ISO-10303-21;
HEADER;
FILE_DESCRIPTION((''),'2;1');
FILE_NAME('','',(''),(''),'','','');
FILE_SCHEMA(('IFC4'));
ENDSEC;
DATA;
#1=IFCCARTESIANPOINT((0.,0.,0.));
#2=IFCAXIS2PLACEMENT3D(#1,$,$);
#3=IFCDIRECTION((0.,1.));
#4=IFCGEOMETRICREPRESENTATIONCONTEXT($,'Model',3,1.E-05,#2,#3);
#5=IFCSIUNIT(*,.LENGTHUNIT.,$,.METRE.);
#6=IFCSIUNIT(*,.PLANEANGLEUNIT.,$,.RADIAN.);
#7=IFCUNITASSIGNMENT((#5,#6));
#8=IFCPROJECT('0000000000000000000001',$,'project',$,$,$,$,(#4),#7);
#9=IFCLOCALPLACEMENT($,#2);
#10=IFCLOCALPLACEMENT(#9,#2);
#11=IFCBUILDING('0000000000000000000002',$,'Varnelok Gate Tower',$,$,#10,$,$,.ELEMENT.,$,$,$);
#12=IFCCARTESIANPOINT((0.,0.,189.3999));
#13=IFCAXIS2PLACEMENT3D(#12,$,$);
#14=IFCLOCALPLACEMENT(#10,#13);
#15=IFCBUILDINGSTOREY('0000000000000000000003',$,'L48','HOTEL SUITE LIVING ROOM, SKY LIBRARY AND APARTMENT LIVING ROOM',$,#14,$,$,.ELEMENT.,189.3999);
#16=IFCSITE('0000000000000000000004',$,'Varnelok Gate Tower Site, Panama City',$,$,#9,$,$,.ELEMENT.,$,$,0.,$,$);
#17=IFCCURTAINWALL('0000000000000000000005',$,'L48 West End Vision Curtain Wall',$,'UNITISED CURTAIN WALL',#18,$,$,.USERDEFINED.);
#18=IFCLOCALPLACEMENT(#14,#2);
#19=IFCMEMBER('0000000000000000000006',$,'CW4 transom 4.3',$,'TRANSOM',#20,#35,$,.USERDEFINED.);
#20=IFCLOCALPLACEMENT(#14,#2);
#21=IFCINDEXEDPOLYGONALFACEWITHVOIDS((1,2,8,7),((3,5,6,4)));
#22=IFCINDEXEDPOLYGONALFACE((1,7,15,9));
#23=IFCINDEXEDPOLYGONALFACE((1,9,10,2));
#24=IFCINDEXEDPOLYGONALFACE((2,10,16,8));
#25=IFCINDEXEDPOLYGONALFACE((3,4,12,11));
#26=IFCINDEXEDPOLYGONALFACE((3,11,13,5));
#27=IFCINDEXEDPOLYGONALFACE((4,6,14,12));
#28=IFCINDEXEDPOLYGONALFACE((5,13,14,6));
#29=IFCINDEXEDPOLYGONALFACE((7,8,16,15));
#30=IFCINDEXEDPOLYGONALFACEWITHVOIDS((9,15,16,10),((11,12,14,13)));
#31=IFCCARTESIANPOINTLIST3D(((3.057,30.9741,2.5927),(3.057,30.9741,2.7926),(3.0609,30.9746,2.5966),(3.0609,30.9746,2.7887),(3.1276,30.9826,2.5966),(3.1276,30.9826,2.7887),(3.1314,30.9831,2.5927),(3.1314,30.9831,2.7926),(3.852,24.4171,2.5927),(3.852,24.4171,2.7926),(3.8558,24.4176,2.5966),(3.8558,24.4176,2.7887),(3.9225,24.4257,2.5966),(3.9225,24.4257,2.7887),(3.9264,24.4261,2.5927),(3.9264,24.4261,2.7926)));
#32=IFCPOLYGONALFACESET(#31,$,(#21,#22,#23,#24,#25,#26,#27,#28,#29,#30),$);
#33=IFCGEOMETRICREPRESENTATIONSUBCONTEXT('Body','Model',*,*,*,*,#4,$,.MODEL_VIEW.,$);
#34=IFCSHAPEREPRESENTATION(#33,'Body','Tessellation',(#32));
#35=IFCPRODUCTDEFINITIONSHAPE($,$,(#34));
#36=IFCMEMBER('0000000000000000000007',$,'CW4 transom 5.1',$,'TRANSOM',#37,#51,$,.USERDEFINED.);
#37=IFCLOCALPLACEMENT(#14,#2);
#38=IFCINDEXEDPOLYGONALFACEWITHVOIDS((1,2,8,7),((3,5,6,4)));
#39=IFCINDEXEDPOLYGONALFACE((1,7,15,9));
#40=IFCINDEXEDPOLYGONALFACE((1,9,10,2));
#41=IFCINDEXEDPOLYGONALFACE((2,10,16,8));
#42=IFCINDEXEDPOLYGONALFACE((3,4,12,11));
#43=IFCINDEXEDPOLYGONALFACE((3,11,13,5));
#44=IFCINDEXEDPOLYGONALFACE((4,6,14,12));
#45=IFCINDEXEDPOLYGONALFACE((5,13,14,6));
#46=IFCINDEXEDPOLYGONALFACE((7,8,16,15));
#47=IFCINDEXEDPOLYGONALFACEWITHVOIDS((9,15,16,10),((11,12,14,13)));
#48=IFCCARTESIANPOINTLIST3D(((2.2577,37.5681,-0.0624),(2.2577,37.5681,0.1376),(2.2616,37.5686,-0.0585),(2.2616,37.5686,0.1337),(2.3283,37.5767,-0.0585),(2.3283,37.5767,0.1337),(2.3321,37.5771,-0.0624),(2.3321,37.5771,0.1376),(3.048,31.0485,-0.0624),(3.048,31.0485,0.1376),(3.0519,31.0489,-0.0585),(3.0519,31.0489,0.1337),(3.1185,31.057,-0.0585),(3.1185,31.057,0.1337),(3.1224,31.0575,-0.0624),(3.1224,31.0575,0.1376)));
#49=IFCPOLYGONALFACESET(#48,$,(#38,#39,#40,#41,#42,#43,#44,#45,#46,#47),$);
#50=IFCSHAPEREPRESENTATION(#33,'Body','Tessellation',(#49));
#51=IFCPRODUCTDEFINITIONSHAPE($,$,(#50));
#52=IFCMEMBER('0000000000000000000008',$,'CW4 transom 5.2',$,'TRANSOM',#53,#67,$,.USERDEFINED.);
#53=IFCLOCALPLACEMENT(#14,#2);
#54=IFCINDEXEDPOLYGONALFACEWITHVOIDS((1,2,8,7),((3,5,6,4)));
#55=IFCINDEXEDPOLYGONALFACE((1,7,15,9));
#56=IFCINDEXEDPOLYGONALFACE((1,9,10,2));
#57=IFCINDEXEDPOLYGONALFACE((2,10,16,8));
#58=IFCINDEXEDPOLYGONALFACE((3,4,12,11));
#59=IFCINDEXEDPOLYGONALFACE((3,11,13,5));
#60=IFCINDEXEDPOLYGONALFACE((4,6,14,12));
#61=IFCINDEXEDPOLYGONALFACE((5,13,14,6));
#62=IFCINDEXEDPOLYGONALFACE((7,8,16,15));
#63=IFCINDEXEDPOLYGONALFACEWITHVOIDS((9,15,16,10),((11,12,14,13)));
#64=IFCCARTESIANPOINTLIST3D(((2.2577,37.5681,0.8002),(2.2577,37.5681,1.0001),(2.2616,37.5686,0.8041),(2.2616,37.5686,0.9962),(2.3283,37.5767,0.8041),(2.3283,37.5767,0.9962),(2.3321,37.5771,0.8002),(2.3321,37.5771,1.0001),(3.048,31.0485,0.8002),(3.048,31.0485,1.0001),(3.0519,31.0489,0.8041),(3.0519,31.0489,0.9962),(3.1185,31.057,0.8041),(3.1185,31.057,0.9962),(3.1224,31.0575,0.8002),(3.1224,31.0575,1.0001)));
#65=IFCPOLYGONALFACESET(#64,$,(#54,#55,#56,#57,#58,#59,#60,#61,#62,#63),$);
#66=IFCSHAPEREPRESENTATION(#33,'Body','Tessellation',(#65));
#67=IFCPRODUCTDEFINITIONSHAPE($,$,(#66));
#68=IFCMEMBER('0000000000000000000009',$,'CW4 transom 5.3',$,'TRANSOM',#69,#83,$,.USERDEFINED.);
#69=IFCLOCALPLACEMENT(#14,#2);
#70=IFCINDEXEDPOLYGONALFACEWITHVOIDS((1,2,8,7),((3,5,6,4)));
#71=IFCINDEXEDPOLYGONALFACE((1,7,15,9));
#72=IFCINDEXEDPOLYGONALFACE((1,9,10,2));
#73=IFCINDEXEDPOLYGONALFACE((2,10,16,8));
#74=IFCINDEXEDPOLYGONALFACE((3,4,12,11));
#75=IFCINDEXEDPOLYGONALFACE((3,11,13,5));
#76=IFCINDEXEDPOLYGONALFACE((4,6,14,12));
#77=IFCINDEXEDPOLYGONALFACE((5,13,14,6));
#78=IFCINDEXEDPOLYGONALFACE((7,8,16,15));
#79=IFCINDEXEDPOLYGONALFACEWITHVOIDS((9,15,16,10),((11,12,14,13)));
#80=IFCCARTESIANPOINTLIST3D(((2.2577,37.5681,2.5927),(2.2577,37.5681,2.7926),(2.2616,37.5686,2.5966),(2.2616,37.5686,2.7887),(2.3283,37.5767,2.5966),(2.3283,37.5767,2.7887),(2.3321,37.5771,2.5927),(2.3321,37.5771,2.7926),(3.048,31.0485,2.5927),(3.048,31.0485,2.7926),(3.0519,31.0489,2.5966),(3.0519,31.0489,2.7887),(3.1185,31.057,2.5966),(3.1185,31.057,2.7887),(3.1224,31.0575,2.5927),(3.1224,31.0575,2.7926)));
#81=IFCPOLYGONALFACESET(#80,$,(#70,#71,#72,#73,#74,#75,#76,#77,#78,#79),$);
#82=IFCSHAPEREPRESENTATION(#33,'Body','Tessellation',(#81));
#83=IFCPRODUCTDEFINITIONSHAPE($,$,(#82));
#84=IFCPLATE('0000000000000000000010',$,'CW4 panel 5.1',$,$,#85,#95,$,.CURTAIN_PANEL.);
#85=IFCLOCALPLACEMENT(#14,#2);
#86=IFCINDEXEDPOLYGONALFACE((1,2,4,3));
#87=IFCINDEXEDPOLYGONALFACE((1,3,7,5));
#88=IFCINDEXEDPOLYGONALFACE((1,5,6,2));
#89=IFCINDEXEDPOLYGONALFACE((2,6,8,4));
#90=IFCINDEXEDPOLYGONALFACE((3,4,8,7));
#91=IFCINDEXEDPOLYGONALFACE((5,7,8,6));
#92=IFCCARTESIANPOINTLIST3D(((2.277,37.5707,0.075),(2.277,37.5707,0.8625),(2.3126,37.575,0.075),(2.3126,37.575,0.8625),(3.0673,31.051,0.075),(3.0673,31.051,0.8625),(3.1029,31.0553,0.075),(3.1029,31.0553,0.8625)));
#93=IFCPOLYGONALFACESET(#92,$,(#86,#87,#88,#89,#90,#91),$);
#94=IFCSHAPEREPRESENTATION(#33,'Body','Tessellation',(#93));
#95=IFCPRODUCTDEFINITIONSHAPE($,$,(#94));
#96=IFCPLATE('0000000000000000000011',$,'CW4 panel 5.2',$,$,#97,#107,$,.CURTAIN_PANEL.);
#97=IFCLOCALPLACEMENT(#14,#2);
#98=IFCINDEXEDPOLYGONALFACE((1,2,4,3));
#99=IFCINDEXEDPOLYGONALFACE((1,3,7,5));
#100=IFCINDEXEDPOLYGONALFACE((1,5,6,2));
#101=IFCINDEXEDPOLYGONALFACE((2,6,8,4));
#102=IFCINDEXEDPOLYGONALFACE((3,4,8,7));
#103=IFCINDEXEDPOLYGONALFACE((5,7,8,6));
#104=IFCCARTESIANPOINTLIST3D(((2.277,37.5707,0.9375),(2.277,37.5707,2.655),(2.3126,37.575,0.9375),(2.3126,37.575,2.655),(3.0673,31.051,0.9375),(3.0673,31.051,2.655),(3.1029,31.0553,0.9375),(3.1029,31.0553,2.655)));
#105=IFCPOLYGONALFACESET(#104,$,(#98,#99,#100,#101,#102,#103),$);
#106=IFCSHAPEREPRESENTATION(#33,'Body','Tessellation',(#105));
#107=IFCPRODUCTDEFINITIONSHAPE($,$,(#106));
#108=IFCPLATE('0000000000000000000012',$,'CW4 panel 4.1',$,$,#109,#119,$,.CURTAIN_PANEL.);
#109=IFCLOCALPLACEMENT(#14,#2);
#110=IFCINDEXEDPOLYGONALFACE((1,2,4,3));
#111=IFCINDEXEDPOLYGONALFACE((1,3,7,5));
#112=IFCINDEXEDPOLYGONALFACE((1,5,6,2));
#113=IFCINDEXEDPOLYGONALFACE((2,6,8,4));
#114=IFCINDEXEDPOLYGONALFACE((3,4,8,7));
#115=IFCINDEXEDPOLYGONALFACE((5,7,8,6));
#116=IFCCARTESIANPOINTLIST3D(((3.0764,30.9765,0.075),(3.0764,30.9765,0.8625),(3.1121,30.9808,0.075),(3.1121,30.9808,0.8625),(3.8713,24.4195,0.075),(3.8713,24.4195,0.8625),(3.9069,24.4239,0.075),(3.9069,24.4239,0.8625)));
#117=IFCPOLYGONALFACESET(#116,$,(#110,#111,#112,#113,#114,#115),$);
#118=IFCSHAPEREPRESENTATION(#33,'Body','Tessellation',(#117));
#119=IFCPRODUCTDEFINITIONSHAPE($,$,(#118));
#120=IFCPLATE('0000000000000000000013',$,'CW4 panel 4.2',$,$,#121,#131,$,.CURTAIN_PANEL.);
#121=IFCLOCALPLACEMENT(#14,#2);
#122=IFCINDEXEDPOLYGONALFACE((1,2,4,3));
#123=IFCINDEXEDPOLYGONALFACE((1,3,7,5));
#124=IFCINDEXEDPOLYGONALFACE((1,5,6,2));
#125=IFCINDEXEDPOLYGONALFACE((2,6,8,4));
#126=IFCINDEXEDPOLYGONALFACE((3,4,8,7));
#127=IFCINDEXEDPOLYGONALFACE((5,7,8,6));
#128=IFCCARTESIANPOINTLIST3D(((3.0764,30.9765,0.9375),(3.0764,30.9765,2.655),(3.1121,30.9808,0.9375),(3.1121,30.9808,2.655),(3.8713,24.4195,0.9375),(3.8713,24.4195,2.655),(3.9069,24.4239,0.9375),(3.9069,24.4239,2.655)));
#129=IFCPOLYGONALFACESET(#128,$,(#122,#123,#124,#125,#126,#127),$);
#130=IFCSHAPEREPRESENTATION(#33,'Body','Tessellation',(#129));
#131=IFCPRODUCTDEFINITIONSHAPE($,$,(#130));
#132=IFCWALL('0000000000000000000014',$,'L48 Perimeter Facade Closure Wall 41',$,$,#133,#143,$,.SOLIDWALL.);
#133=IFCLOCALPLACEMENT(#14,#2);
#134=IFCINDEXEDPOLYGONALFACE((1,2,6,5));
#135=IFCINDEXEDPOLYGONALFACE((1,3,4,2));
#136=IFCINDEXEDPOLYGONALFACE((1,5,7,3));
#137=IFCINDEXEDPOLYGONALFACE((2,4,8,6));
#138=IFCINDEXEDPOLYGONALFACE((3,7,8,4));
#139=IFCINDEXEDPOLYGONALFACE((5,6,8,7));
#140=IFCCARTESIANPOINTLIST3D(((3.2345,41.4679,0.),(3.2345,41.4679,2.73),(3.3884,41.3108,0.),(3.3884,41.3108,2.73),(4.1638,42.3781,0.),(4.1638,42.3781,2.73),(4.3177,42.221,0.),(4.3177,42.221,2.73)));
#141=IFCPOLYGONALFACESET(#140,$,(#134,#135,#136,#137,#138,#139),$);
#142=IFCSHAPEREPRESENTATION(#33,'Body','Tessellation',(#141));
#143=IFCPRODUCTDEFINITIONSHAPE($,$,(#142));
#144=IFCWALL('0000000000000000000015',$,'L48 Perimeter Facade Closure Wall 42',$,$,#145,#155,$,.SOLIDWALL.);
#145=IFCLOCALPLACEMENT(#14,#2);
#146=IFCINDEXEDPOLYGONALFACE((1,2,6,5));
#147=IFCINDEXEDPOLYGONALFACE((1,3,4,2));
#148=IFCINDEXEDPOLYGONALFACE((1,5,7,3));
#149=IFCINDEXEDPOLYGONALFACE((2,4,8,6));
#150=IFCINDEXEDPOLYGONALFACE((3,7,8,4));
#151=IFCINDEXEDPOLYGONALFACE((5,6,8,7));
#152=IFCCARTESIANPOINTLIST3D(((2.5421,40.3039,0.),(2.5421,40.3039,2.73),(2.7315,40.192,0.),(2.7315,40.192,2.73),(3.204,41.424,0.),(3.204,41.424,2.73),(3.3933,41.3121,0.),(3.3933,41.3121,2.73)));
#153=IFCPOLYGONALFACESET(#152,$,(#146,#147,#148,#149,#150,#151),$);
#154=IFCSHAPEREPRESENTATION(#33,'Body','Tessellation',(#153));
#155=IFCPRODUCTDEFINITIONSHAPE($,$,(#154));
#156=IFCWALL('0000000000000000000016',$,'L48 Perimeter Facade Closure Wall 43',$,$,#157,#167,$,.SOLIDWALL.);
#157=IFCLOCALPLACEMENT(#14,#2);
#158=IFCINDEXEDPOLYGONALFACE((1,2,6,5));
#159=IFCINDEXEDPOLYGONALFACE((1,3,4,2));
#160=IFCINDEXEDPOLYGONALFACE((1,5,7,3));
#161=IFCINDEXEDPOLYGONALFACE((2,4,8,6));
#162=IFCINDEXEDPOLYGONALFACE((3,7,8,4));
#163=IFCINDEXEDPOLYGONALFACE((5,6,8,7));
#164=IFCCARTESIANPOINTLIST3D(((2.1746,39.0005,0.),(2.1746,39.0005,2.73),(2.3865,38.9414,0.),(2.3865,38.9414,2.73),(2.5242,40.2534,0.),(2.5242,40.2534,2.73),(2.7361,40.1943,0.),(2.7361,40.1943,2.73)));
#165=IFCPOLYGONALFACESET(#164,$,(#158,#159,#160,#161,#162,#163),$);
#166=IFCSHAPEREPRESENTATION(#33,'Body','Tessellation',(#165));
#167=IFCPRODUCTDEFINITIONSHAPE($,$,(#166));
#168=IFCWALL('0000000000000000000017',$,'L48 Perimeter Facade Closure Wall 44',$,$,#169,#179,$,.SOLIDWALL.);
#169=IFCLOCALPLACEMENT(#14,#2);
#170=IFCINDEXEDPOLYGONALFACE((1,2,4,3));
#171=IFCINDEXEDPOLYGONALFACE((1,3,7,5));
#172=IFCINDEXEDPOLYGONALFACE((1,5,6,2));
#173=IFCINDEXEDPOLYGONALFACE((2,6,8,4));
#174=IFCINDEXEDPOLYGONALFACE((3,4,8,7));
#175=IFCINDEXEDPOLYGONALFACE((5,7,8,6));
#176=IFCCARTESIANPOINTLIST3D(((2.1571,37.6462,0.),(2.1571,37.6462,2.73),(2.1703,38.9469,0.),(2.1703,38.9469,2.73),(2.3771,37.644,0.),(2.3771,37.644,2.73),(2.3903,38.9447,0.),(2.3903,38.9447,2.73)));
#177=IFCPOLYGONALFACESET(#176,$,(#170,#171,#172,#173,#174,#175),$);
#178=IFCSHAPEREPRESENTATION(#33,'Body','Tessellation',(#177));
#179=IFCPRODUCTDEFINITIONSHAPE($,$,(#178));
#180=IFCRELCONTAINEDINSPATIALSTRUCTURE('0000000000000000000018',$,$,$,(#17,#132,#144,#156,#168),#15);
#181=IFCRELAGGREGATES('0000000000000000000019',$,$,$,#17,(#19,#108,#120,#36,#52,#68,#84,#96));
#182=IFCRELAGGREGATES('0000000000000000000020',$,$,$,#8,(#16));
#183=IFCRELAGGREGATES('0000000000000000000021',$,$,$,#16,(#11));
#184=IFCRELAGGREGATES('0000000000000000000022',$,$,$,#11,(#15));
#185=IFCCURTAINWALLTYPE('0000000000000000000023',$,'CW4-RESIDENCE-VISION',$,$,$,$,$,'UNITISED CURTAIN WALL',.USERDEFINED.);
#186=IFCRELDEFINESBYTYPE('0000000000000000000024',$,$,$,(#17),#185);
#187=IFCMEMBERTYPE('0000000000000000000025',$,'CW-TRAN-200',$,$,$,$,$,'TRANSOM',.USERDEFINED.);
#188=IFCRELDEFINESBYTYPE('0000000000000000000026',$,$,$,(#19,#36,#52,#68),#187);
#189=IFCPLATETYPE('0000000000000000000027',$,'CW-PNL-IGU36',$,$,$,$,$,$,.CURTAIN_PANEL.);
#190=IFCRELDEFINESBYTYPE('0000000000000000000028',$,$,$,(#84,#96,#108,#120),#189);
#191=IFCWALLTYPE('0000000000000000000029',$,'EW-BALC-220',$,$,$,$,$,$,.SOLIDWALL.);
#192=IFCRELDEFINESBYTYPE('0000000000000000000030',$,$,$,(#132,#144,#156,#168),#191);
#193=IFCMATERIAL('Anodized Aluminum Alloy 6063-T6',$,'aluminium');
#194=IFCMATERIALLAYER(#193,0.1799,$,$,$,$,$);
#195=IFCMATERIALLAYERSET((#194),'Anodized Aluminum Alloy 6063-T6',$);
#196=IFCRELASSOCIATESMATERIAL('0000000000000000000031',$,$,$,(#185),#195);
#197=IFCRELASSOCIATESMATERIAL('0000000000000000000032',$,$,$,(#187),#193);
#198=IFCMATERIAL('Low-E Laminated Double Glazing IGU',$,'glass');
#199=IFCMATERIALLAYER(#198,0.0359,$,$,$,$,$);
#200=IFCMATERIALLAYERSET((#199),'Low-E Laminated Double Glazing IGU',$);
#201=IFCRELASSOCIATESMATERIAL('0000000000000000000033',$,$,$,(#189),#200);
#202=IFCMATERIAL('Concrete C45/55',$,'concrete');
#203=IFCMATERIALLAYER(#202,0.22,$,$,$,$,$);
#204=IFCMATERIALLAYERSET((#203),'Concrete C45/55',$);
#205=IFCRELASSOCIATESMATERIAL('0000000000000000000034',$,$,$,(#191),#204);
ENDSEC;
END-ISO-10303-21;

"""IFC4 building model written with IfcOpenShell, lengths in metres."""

from ifc_helpers import new_model, si_unit, direction, frame, frame_2d, origin, origin_2d, place, context, subcontext, project, spatial, rectangle, hollow_rectangle, extrude, source, transform, mapped, material, layer, layer_set, material_profile, profile_set, type_object, element, aggregate, save


model = new_model("IFC4")

# Units and contexts
model_context = context("Model", 3, precision=1e-05, world=origin(), true_north=direction((0.0, 1.0)))
body_context = subcontext(model_context, "Body", "Model", "MODEL_VIEW")
ifc_project = project(units=[si_unit("LENGTHUNIT", "METRE"), si_unit("PLANEANGLEUNIT", "RADIAN")], contexts=[model_context])

# Site, building, storey
site_placement = place(None, origin())
site = spatial("IfcSite", under=ifc_project, at=site_placement, Name="Varnelok Gate Tower Site, Panama City", CompositionType="ELEMENT", RefElevation=0.0)
building_placement = place(site_placement, origin())
building = spatial("IfcBuilding", under=site, at=building_placement, Name="Varnelok Gate Tower", CompositionType="ELEMENT")
storey_placement = place(building_placement, frame((0.0, 0.0, 189.3999)))
storey = spatial("IfcBuildingStorey", under=building, at=storey_placement, Name="L48", Description="HOTEL SUITE LIVING ROOM, SKY LIBRARY AND APARTMENT LIVING ROOM", CompositionType="ELEMENT", Elevation=189.3999)

# Curtain wall, members, plates
ifc_material_1 = material(Name="Anodized Aluminum Alloy 6063-T6", Category="aluminium")
ifc_layer_1 = layer(ifc_material_1, 0.1799)
ifc_layer_set_1 = layer_set([ifc_layer_1], Name="Anodized Aluminum Alloy 6063-T6")
curtain_wall_type = type_object("IfcCurtainWallType", Name="CW4-RESIDENCE-VISION", ElementType="UNITISED CURTAIN WALL", PredefinedType="USERDEFINED", material=ifc_layer_set_1)
curtain_wall_placement = place(storey_placement, origin())
curtain_wall = element("IfcCurtainWall", 1, at=curtain_wall_placement, inside=storey, type_object=curtain_wall_type, Name="L48 West End Vision Curtain Wall", ObjectType="UNITISED CURTAIN WALL", PredefinedType="USERDEFINED")
ifc_material_profile_1 = material_profile(ifc_material_1, hollow_rectangle(XDim=0.075, YDim=0.2, WallThickness=0.0039, at=origin_2d()), Name="ALU200X75X4")
ifc_profile_set_1 = profile_set([ifc_material_profile_1], Name="Anodized Aluminum Alloy 6063-T6")
member_type_1 = type_object("IfcMemberType", Name="CW-TRAN-200", ElementType="TRANSOM", PredefinedType="USERDEFINED", material=ifc_profile_set_1)
member_1_placement = place(storey_placement, frame((3.8892, 24.4216, 2.6926), z_axis=(-0.120353, 0.992731, 0.0), x_axis=(-0.992731, -0.120353, 0.0)))
member_1 = element("IfcMember", 2, at=member_1_placement, type_object=member_type_1, Name="CW4 transom 4.3", ObjectType="TRANSOM", PredefinedType="USERDEFINED", context=body_context, shape_type="SweptSolid", body=[
    extrude(hollow_rectangle(XDim=0.075, YDim=0.2, WallThickness=0.0039, at=origin_2d()), origin(), (0.0, 0.0, 1.0), 6.605),
])
member_2_placement = place(storey_placement, frame((3.0852, 31.053, 0.0376), z_axis=(-0.120332, 0.992734, 0.0), x_axis=(-0.992734, -0.120332, 0.0)))
member_2 = element("IfcMember", 3, at=member_2_placement, type_object=member_type_1, Name="CW4 transom 5.1", ObjectType="TRANSOM", PredefinedType="USERDEFINED", context=body_context, shape_type="SweptSolid", body=[
    extrude(hollow_rectangle(XDim=0.075, YDim=0.2, WallThickness=0.0039, at=origin_2d()), origin(), (0.0, 0.0, 1.0), 6.5674),
])
member_3_placement = place(storey_placement, frame((3.0852, 31.053, 0.9001), z_axis=(-0.120332, 0.992734, 0.0), x_axis=(-0.992734, -0.120332, 0.0)))
member_3 = element("IfcMember", 4, at=member_3_placement, type_object=member_type_1, Name="CW4 transom 5.2", ObjectType="TRANSOM", PredefinedType="USERDEFINED", context=body_context, shape_type="SweptSolid", body=[
    extrude(hollow_rectangle(XDim=0.075, YDim=0.2, WallThickness=0.0039, at=origin_2d()), origin(), (0.0, 0.0, 1.0), 6.5674),
])
member_4_placement = place(storey_placement, frame((3.0852, 31.053, 2.6926), z_axis=(-0.120332, 0.992734, 0.0), x_axis=(-0.992734, -0.120332, 0.0)))
member_4 = element("IfcMember", 5, at=member_4_placement, type_object=member_type_1, Name="CW4 transom 5.3", ObjectType="TRANSOM", PredefinedType="USERDEFINED", context=body_context, shape_type="SweptSolid", body=[
    extrude(hollow_rectangle(XDim=0.075, YDim=0.2, WallThickness=0.0039, at=origin_2d()), origin(), (0.0, 0.0, 1.0), 6.5674),
])
ifc_material_2 = material(Name="Low-E Laminated Double Glazing IGU", Category="glass")
ifc_layer_2 = layer(ifc_material_2, 0.0359)
ifc_layer_set_2 = layer_set([ifc_layer_2], Name="Low-E Laminated Double Glazing IGU")
plate_type = type_object("IfcPlateType", Name="CW-PNL-IGU36", PredefinedType="CURTAIN_PANEL", material=ifc_layer_set_2)
shared_shape_1 = source(origin(), body_context, "Body", "SweptSolid", [
    extrude(rectangle(XDim=6.5674, YDim=0.0359, at=origin_2d()), origin(), (0.0, 0.0, 1.0), 0.7876),
])
plate_1_placement = place(storey_placement, frame((2.6899, 34.313, 0.075), z_axis=(0.0, 0.0, 1.0), x_axis=(-0.120345, 0.992732, 0.0)))
plate_1 = element("IfcPlate", 6, at=plate_1_placement, type_object=plate_type, Name="CW4 panel 5.1", PredefinedType="CURTAIN_PANEL", context=body_context, shape_type="MappedRepresentation", body=[
    mapped(shared_shape_1, transform((0.0, 0.0, 0.0), scale=1.0)),
])
shared_shape_2 = source(origin(), body_context, "Body", "SweptSolid", [
    extrude(rectangle(XDim=6.5674, YDim=0.0359, at=origin_2d()), origin(), (0.0, 0.0, 1.0), 1.7175),
])
plate_2_placement = place(storey_placement, frame((2.6899, 34.313, 0.9375), z_axis=(0.0, 0.0, 1.0), x_axis=(-0.120345, 0.992732, 0.0)))
plate_2 = element("IfcPlate", 7, at=plate_2_placement, type_object=plate_type, Name="CW4 panel 5.2", PredefinedType="CURTAIN_PANEL", context=body_context, shape_type="MappedRepresentation", body=[
    mapped(shared_shape_2, transform((0.0, 0.0, 0.0), scale=1.0)),
])
shared_shape_3 = source(origin(), body_context, "Body", "SweptSolid", [
    extrude(rectangle(XDim=6.605, YDim=0.0359, at=origin_2d()), origin(), (0.0, 0.0, 1.0), 0.7876),
])
plate_3_placement = place(storey_placement, frame((3.4917, 27.7002, 0.075), z_axis=(0.0, 0.0, 1.0), x_axis=(-0.120345, 0.992732, 0.0)))
plate_3 = element("IfcPlate", 8, at=plate_3_placement, type_object=plate_type, Name="CW4 panel 4.1", PredefinedType="CURTAIN_PANEL", context=body_context, shape_type="MappedRepresentation", body=[
    mapped(shared_shape_3, transform((0.0, 0.0, 0.0), scale=1.0)),
])
shared_shape_4 = source(origin(), body_context, "Body", "SweptSolid", [
    extrude(rectangle(XDim=6.605, YDim=0.0359, at=origin_2d()), origin(), (0.0, 0.0, 1.0), 1.7175),
])
plate_4_placement = place(storey_placement, frame((3.4917, 27.7002, 0.9375), z_axis=(0.0, 0.0, 1.0), x_axis=(-0.120345, 0.992732, 0.0)))
plate_4 = element("IfcPlate", 9, at=plate_4_placement, type_object=plate_type, Name="CW4 panel 4.2", PredefinedType="CURTAIN_PANEL", context=body_context, shape_type="MappedRepresentation", body=[
    mapped(shared_shape_4, transform((0.0, 0.0, 0.0), scale=1.0)),
])
aggregate(curtain_wall, [member_1, plate_3, plate_4, member_2, member_3, member_4, plate_1, plate_2])

# Walls
ifc_material_3 = material(Name="Concrete C45/55", Category="concrete")
ifc_layer_3 = layer(ifc_material_3, 0.22)
ifc_layer_set_3 = layer_set([ifc_layer_3], Name="Concrete C45/55")
wall_type_1 = type_object("IfcWallType", Name="EW-BALC-220", PredefinedType="SOLIDWALL", material=ifc_layer_set_3)
wall_1_placement = place(storey_placement, frame((4.2407, 42.2996, 0.0), z_axis=(0.0, 0.0, 1.0), x_axis=(-0.714389, -0.699749, 0.0)))
element("IfcWall", 10, at=wall_1_placement, inside=storey, type_object=wall_type_1, Name="L48 Perimeter Facade Closure Wall 41", PredefinedType="SOLIDWALL", context=body_context, shape_type="SweptSolid", body=[
    extrude(rectangle(XDim=1.3008, YDim=0.22, at=frame_2d((0.6504, 0.0))), origin(), (0.0, 0.0, 1.0), 2.73),
])
wall_2_placement = place(storey_placement, frame((3.2986, 41.3679, 0.0), z_axis=(0.0, 0.0, 1.0), x_axis=(-0.508717, -0.860934, 0.0)))
element("IfcWall", 11, at=wall_2_placement, inside=storey, type_object=wall_type_1, Name="L48 Perimeter Facade Closure Wall 42", PredefinedType="SOLIDWALL", context=body_context, shape_type="SweptSolid", body=[
    extrude(rectangle(XDim=1.301, YDim=0.22, at=frame_2d((0.6504, 0.0))), origin(), (0.0, 0.0, 1.0), 2.73),
])
for number, where, z_axis, x_axis, name in (
    (12, (2.6301, 40.2239, 0.0), (0.0, 0.0, 1.0), (-0.268767, -0.963205, 0.0), "L48 Perimeter Facade Closure Wall 43"),
    (13, (2.2803, 38.9458, 0.0), (0.0, 0.0, 1.0), (-0.010135, -0.999949, 0.0), "L48 Perimeter Facade Closure Wall 44"),
):
    element("IfcWall", number, at=place(storey_placement, frame(where, z_axis=z_axis, x_axis=x_axis)), inside=storey, type_object=wall_type_1, Name=name, PredefinedType="SOLIDWALL", context=body_context, shape_type="SweptSolid", body=[
        extrude(rectangle(XDim=1.3008, YDim=0.22, at=frame_2d((0.6504, 0.0))), origin(), (0.0, 0.0, 1.0), 2.73),
    ])

save(model, "model.ifc")
